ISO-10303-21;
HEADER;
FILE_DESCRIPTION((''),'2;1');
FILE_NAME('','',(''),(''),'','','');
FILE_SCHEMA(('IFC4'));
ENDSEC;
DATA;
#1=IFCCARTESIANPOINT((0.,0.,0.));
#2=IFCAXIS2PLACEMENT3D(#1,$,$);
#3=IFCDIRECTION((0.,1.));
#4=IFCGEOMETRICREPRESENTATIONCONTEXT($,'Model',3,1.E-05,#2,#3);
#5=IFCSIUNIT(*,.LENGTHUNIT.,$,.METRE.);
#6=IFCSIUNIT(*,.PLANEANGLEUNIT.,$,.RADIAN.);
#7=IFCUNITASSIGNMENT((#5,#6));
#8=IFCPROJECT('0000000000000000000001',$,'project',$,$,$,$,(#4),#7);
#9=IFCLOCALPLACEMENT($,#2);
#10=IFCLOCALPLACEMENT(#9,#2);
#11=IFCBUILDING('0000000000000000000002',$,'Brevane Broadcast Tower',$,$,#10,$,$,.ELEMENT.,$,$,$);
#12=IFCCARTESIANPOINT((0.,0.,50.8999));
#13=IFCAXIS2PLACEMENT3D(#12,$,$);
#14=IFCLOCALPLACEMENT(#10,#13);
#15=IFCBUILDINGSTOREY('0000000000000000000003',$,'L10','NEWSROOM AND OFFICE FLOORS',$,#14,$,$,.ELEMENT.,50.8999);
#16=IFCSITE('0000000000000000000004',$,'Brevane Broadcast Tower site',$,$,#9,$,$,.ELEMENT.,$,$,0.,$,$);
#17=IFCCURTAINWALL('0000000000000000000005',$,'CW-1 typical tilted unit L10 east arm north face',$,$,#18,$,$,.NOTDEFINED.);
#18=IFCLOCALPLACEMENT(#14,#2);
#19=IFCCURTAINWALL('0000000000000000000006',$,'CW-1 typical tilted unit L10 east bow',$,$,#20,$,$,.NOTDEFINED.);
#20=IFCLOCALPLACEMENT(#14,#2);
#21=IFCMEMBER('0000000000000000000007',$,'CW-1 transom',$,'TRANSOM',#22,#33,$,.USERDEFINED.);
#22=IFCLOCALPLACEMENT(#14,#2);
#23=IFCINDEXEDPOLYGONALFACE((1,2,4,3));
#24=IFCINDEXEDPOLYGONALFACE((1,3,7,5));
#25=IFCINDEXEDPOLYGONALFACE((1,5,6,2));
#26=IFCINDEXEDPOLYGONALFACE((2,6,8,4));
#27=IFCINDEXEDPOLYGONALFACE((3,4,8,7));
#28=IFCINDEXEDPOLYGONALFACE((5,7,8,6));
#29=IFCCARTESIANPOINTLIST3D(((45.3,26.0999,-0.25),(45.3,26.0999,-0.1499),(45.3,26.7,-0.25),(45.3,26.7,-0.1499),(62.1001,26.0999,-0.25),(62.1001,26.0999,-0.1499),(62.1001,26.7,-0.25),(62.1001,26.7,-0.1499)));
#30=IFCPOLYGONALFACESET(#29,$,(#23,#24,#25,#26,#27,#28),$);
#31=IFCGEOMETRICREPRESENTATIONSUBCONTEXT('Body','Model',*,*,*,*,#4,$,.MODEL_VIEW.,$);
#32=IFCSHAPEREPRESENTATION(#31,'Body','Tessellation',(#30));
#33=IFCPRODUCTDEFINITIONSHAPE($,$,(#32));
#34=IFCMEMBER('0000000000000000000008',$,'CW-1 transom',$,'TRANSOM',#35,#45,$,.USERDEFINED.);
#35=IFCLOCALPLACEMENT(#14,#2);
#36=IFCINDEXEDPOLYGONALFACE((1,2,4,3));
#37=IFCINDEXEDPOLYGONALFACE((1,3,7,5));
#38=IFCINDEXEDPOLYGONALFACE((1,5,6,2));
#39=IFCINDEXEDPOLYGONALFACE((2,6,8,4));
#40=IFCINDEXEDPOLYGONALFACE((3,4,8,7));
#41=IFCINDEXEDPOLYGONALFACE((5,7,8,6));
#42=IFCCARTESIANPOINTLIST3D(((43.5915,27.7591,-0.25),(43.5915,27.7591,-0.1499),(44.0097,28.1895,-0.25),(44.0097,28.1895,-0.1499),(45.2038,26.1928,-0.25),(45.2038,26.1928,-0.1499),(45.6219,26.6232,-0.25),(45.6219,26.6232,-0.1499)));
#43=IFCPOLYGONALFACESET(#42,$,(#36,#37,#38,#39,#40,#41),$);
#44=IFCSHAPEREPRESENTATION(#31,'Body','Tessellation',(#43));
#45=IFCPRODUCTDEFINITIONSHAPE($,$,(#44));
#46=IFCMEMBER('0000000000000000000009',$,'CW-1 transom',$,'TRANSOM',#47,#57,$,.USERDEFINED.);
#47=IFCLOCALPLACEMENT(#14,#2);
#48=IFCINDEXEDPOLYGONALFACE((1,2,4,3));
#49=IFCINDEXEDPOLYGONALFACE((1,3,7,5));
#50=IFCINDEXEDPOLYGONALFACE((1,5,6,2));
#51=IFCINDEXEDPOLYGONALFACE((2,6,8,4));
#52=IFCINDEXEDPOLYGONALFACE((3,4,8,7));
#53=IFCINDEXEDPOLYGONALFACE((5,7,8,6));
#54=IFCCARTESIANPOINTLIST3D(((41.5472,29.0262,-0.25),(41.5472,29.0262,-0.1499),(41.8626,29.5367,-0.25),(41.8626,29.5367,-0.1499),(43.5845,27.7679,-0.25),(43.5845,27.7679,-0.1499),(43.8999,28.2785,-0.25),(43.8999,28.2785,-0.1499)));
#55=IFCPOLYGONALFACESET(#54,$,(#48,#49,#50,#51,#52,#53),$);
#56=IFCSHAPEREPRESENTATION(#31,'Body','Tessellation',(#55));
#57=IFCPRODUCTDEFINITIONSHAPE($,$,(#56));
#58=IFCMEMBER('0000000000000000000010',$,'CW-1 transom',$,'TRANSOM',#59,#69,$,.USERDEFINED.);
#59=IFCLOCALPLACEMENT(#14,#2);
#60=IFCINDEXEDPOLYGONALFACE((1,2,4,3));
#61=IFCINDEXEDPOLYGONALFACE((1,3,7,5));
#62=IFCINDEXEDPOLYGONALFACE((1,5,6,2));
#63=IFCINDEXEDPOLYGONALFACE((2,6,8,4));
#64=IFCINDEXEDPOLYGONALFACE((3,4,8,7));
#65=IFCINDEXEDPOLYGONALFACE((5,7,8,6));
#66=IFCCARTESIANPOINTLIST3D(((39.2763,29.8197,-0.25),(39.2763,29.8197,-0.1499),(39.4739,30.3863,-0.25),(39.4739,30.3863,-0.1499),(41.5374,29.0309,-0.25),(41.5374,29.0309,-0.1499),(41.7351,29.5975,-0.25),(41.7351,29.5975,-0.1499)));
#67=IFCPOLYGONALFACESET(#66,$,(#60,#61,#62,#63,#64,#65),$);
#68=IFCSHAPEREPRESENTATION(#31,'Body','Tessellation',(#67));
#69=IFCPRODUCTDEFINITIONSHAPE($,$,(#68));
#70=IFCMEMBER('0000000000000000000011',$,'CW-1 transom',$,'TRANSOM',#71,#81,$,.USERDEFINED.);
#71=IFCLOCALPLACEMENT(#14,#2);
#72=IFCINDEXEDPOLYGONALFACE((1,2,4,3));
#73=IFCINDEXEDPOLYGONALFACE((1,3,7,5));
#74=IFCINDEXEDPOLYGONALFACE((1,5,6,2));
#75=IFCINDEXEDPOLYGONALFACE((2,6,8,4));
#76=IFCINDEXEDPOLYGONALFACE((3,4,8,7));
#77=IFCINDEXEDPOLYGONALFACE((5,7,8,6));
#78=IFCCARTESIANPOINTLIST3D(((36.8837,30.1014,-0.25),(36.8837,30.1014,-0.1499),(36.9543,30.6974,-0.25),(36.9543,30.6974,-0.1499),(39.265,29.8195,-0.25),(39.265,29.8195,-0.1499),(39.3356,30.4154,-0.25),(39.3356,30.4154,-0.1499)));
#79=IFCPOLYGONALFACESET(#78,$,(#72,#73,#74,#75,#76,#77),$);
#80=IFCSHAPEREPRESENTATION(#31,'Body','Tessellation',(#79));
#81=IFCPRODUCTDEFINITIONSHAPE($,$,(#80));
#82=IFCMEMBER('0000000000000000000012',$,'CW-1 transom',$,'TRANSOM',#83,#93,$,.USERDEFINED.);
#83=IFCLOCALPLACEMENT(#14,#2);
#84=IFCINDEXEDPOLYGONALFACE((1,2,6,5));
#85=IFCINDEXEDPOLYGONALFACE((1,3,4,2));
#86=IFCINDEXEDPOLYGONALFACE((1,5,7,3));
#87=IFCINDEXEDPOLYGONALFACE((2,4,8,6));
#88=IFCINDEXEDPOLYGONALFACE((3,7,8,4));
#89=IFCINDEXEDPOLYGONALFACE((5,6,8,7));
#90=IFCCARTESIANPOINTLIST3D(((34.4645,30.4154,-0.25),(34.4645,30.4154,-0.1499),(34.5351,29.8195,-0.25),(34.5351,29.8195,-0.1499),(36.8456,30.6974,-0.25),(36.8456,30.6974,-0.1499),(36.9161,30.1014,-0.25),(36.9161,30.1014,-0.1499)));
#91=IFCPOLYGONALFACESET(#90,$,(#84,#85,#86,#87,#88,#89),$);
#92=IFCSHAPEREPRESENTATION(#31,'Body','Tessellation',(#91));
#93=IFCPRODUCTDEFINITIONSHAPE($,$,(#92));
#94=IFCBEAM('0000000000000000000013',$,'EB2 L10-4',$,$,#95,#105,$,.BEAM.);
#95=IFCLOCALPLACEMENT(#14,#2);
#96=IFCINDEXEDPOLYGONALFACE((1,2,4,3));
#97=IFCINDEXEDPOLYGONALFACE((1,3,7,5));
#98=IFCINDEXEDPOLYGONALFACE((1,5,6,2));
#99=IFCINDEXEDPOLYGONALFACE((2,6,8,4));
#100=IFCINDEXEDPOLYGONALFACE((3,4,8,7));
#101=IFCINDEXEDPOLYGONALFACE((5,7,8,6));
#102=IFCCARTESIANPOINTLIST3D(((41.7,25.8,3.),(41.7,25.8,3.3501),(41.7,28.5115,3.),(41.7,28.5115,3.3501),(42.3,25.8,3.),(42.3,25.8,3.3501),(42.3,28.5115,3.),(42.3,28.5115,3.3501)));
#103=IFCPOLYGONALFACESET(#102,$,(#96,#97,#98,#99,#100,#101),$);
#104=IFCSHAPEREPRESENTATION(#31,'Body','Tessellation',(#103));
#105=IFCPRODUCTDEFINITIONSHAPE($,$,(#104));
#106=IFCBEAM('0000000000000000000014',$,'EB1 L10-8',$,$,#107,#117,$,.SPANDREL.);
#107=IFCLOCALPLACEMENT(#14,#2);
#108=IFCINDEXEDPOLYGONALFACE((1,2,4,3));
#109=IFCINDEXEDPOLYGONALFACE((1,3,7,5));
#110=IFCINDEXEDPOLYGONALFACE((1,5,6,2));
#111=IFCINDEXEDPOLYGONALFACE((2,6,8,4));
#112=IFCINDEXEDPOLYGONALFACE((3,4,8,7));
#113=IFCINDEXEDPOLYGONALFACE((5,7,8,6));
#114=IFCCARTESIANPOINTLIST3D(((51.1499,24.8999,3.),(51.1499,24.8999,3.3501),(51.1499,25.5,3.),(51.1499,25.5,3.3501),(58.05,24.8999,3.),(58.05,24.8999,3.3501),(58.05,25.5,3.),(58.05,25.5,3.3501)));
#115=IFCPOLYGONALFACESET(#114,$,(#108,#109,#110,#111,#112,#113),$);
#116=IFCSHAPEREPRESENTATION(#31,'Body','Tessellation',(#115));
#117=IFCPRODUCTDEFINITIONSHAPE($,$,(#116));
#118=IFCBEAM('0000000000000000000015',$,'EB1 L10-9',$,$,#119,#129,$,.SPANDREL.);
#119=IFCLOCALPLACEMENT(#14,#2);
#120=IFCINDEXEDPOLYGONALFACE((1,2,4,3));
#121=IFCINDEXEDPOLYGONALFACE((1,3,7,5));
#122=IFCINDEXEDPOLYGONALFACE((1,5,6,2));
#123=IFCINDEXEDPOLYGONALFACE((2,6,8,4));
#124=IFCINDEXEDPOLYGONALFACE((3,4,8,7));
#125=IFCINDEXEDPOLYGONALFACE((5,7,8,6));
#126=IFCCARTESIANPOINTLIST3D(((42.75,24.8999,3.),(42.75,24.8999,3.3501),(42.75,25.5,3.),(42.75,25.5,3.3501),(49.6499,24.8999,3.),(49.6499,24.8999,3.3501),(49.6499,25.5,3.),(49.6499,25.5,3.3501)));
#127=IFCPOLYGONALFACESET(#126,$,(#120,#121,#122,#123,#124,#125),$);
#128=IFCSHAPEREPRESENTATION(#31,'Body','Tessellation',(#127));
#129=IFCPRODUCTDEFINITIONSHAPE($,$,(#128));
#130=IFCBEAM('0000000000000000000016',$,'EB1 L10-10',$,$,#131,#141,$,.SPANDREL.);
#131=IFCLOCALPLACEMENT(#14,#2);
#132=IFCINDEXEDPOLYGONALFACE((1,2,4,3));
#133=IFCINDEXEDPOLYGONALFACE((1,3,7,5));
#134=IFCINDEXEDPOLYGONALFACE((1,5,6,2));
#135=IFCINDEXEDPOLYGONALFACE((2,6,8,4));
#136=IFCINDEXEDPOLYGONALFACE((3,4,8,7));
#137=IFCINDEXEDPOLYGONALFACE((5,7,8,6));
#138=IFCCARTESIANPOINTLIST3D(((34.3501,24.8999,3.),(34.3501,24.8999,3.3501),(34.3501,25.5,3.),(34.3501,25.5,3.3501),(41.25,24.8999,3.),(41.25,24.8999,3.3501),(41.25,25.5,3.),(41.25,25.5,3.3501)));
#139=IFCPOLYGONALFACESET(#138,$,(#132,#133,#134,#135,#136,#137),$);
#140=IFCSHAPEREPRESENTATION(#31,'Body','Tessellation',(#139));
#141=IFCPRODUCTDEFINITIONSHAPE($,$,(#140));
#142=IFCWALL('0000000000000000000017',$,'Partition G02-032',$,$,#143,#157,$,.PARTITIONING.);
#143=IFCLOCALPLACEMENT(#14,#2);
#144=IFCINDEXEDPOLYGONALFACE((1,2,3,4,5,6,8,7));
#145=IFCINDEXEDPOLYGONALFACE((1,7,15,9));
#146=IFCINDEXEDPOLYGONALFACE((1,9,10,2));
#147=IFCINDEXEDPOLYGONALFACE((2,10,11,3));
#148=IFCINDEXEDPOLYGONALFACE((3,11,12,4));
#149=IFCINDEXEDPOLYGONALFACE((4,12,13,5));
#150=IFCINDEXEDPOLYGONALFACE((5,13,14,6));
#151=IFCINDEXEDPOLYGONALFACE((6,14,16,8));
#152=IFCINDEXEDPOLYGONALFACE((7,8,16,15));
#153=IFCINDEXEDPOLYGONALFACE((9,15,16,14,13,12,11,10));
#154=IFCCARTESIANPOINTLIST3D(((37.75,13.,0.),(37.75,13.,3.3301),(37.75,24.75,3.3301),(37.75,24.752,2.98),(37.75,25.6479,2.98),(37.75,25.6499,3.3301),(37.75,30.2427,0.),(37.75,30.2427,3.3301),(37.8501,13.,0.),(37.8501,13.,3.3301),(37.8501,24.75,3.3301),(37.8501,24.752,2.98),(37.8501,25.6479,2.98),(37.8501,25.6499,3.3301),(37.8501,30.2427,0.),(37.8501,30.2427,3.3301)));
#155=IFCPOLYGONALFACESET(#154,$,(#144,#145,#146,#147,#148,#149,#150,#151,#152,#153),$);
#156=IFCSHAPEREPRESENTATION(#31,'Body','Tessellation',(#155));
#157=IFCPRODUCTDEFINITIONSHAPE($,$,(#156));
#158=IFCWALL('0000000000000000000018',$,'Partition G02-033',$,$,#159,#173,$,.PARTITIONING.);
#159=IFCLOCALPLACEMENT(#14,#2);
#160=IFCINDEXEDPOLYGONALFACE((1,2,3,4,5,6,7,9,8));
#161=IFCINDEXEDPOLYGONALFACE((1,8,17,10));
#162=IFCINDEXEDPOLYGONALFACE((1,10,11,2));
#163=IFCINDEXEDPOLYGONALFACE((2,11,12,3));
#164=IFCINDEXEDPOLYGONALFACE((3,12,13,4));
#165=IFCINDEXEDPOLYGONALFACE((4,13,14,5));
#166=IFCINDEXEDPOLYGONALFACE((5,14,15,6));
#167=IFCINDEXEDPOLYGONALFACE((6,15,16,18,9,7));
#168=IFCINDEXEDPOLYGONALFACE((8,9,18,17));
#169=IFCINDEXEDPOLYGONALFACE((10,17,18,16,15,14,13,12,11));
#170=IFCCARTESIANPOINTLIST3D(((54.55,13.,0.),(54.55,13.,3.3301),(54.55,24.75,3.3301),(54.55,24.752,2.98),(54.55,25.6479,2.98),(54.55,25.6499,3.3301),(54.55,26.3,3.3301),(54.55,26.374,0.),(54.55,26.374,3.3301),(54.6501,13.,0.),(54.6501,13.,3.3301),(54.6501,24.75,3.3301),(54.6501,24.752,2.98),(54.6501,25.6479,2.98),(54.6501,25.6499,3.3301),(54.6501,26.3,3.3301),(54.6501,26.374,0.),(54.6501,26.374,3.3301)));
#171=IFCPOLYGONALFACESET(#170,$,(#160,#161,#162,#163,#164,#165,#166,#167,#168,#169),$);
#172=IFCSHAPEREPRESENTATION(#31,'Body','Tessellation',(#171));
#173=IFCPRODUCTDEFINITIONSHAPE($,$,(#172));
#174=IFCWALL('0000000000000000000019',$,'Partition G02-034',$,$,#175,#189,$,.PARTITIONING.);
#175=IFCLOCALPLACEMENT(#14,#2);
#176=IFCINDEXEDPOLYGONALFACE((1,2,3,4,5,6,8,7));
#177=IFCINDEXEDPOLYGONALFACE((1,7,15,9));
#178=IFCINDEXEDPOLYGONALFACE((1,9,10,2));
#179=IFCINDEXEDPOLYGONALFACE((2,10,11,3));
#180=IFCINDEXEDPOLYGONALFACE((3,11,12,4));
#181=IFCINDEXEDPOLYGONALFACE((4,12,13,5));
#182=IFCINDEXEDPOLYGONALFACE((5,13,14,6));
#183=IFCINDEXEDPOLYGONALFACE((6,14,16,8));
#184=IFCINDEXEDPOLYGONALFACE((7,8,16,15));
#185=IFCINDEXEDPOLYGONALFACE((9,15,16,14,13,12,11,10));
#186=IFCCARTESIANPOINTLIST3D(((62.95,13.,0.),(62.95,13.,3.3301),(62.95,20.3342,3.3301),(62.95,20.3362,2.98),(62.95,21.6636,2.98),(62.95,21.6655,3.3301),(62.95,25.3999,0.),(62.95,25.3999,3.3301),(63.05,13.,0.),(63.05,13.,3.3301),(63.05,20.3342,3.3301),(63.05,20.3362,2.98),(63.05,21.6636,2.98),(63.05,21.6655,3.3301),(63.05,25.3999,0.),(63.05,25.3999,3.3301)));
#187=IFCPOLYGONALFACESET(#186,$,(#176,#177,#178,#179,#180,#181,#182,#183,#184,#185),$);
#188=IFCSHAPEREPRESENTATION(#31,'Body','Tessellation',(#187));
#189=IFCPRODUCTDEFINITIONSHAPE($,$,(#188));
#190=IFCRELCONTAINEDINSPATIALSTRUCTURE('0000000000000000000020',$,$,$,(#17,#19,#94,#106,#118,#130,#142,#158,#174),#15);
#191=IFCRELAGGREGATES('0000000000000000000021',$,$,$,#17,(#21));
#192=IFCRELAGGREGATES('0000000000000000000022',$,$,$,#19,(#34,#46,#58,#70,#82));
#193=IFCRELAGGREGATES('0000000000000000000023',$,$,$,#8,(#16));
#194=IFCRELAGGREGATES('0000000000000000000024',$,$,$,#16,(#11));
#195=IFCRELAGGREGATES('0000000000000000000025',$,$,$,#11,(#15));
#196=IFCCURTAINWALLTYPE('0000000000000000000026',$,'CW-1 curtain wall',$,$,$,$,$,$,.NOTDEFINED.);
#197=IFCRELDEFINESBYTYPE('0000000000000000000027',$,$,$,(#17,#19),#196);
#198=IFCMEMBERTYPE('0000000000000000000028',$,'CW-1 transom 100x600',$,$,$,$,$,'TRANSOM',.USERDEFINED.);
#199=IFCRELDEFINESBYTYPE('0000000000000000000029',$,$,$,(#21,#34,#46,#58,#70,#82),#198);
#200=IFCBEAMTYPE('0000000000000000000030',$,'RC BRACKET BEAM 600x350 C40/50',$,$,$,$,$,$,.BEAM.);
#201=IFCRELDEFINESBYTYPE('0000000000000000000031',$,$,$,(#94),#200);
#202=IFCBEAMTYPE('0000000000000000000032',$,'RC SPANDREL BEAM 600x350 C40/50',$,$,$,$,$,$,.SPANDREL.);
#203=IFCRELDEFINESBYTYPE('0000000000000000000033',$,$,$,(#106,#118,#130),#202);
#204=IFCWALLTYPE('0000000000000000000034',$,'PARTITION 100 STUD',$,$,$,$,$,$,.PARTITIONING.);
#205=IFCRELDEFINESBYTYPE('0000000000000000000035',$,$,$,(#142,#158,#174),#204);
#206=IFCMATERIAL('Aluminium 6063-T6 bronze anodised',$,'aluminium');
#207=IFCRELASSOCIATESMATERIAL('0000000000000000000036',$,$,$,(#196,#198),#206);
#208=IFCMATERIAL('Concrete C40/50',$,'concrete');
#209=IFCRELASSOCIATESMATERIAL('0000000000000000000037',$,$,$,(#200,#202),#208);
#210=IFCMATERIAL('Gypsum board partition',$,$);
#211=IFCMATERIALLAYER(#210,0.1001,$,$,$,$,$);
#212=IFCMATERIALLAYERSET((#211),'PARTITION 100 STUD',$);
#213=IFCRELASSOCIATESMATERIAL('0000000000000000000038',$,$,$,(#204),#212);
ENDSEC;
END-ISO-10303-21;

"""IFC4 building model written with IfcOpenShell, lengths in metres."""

from ifc_helpers import new_model, si_unit, direction, frame, origin, origin_2d, place, context, subcontext, project, spatial, polyline, rectangle, outline, extrude, material, layer, layer_set, material_profile, profile_set, type_object, element, aggregate, save


model = new_model("IFC4")

# Units and contexts
model_context = context("Model", 3, precision=1e-05, world=origin(), true_north=direction((0.0, 1.0)))
body_context = subcontext(model_context, "Body", "Model", "MODEL_VIEW")
ifc_project = project(units=[si_unit("LENGTHUNIT", "METRE"), si_unit("PLANEANGLEUNIT", "RADIAN")], contexts=[model_context])

# Site, building, storey
site_placement = place(None, origin())
site = spatial("IfcSite", under=ifc_project, at=site_placement, Name="Brevane Broadcast Tower site", CompositionType="ELEMENT", RefElevation=0.0)
building_placement = place(site_placement, origin())
building = spatial("IfcBuilding", under=site, at=building_placement, Name="Brevane Broadcast Tower", CompositionType="ELEMENT")
storey_placement = place(building_placement, frame((0.0, 0.0, 50.8999)))
storey = spatial("IfcBuildingStorey", under=building, at=storey_placement, Name="L10", Description="NEWSROOM AND OFFICE FLOORS", CompositionType="ELEMENT", Elevation=50.8999)

# Curtain walls
ifc_material_1 = material(Name="Aluminium 6063-T6 bronze anodised", Category="aluminium")
curtain_wall_type = type_object("IfcCurtainWallType", Name="CW-1 curtain wall", PredefinedType="NOTDEFINED", material=ifc_material_1)
curtain_wall_1_placement = place(storey_placement, origin())
curtain_wall_1 = element("IfcCurtainWall", 1, at=curtain_wall_1_placement, inside=storey, type_object=curtain_wall_type, Name="CW-1 typical tilted unit L10 east arm north face", PredefinedType="NOTDEFINED")
curtain_wall_2_placement = place(storey_placement, origin())
curtain_wall_2 = element("IfcCurtainWall", 2, at=curtain_wall_2_placement, inside=storey, type_object=curtain_wall_type, Name="CW-1 typical tilted unit L10 east bow", PredefinedType="NOTDEFINED")

# Members
ifc_material_profile_1 = material_profile(ifc_material_1, rectangle(XDim=0.6001, YDim=0.1001, at=origin_2d()), Name="RECT 100x600")
ifc_profile_set_1 = profile_set([ifc_material_profile_1], Name="Aluminium 6063-T6 bronze anodised")
member_type_1 = type_object("IfcMemberType", Name="CW-1 transom 100x600", ElementType="TRANSOM", PredefinedType="USERDEFINED", material=ifc_profile_set_1)
member_1_placement = place(storey_placement, frame((62.1001, 26.3999, -0.2), z_axis=(-1.0, 0.0, 0.0), x_axis=(0.0, -1.0, 0.0)))
member_1 = element("IfcMember", 3, at=member_1_placement, type_object=member_type_1, Name="CW-1 transom", ObjectType="TRANSOM", PredefinedType="USERDEFINED", context=body_context, shape_type="SweptSolid", body=[
    extrude(rectangle(XDim=0.6001, YDim=0.1001, at=origin_2d()), origin(), (0.0, 0.0, 1.0), 16.8),
])
aggregate(curtain_wall_1, [member_1])
member_2_placement = place(storey_placement, frame((45.4128, 26.408, -0.2), z_axis=(-0.717242, 0.696824, 0.0), x_axis=(-0.696824, -0.717242, 0.0)))
member_2 = element("IfcMember", 4, at=member_2_placement, type_object=member_type_1, Name="CW-1 transom", ObjectType="TRANSOM", PredefinedType="USERDEFINED", context=body_context, shape_type="SweptSolid", body=[
    extrude(rectangle(XDim=0.6001, YDim=0.1001, at=origin_2d()), origin(), (0.0, 0.0, 1.0), 2.2478),
])
member_3_placement = place(storey_placement, frame((43.7422, 28.0232, -0.2), z_axis=(-0.85081, 0.525473, 0.0), x_axis=(-0.525473, -0.85081, 0.0)))
member_3 = element("IfcMember", 5, at=member_3_placement, type_object=member_type_1, Name="CW-1 transom", ObjectType="TRANSOM", PredefinedType="USERDEFINED", context=body_context, shape_type="SweptSolid", body=[
    extrude(rectangle(XDim=0.6001, YDim=0.1001, at=origin_2d()), origin(), (0.0, 0.0, 1.0), 2.3945),
])
member_4_placement = place(storey_placement, frame((41.6362, 29.3142, -0.2), z_axis=(-0.944198, 0.329378, 0.0), x_axis=(-0.329378, -0.944198, 0.0)))
member_4 = element("IfcMember", 6, at=member_4_placement, type_object=member_type_1, Name="CW-1 transom", ObjectType="TRANSOM", PredefinedType="USERDEFINED", context=body_context, shape_type="SweptSolid", body=[
    extrude(rectangle(XDim=0.6001, YDim=0.1001, at=origin_2d()), origin(), (0.0, 0.0, 1.0), 2.3948),
])
member_5_placement = place(storey_placement, frame((39.3003, 30.1174, -0.2), z_axis=(-0.993062, 0.117591, 0.0), x_axis=(-0.117591, -0.993062, 0.0)))
member_5 = element("IfcMember", 7, at=member_5_placement, type_object=member_type_1, Name="CW-1 transom", ObjectType="TRANSOM", PredefinedType="USERDEFINED", context=body_context, shape_type="SweptSolid", body=[
    extrude(rectangle(XDim=0.6001, YDim=0.1001, at=origin_2d()), origin(), (0.0, 0.0, 1.0), 2.3979),
])
member_6_placement = place(storey_placement, frame((36.8809, 30.3994, -0.2), z_axis=(-0.993061, -0.117603, 0.0), x_axis=(0.117603, -0.993061, 0.0)))
member_6 = element("IfcMember", 8, at=member_6_placement, type_object=member_type_1, Name="CW-1 transom", ObjectType="TRANSOM", PredefinedType="USERDEFINED", context=body_context, shape_type="SweptSolid", body=[
    extrude(rectangle(XDim=0.6001, YDim=0.1001, at=origin_2d()), origin(), (0.0, 0.0, 1.0), 2.3977),
])
aggregate(curtain_wall_2, [member_2, member_3, member_4, member_5, member_6])

# Beams
ifc_material_2 = material(Name="Concrete C40/50", Category="concrete")
ifc_material_profile_2 = material_profile(ifc_material_2, rectangle(XDim=0.6001, YDim=0.3501, at=origin_2d()), Name="RC 600x350")
ifc_profile_set_2 = profile_set([ifc_material_profile_2], Name="Concrete C40/50")
beam_type_1 = type_object("IfcBeamType", Name="RC BRACKET BEAM 600x350 C40/50", PredefinedType="BEAM", material=ifc_profile_set_2)
beam_1_placement = place(storey_placement, frame((42.0, 25.8, 3.175), z_axis=(0.0, 1.0, 0.0), x_axis=(-1.0, 0.0, 0.0)))
element("IfcBeam", 9, at=beam_1_placement, inside=storey, type_object=beam_type_1, Name="EB2 L10-4", PredefinedType="BEAM", context=body_context, shape_type="SweptSolid", body=[
    extrude(rectangle(XDim=0.6001, YDim=0.3501, at=origin_2d()), origin(), (0.0, 0.0, 1.0), 2.7114),
])
ifc_material_profile_3 = material_profile(ifc_material_2, rectangle(XDim=0.6001, YDim=0.3501, at=origin_2d()), Name="RC 600x350")
ifc_profile_set_3 = profile_set([ifc_material_profile_3], Name="Concrete C40/50")
beam_type_2 = type_object("IfcBeamType", Name="RC SPANDREL BEAM 600x350 C40/50", PredefinedType="SPANDREL", material=ifc_profile_set_3)
beam_2_placement = place(storey_placement, frame((58.05, 25.2, 3.175), z_axis=(-1.0, 0.0, 0.0), x_axis=(0.0, -1.0, 0.0)))
element("IfcBeam", 10, at=beam_2_placement, inside=storey, type_object=beam_type_2, Name="EB1 L10-8", PredefinedType="SPANDREL", context=body_context, shape_type="SweptSolid", body=[
    extrude(rectangle(XDim=0.6001, YDim=0.3501, at=origin_2d()), origin(), (0.0, 0.0, 1.0), 6.9001),
])
for number, where, z_axis, x_axis, name in (
    (11, (49.6499, 25.2, 3.175), (-1.0, 0.0, 0.0), (0.0, -1.0, 0.0), "EB1 L10-9"),
    (12, (41.25, 25.2, 3.175), (-1.0, 0.0, 0.0), (0.0, -1.0, 0.0), "EB1 L10-10"),
):
    element("IfcBeam", number, at=place(storey_placement, frame(where, z_axis=z_axis, x_axis=x_axis)), inside=storey, type_object=beam_type_2, Name=name, PredefinedType="SPANDREL", context=body_context, shape_type="SweptSolid", body=[
        extrude(rectangle(XDim=0.6001, YDim=0.3501, at=origin_2d()), origin(), (0.0, 0.0, 1.0), 6.8999),
    ])

# Walls
ifc_material_3 = material(Name="Gypsum board partition")
ifc_layer = layer(ifc_material_3, 0.1001)
ifc_layer_set = layer_set([ifc_layer], Name="PARTITION 100 STUD")
wall_type = type_object("IfcWallType", Name="PARTITION 100 STUD", PredefinedType="PARTITIONING", material=ifc_layer_set)
wall_1_placement = place(storey_placement, frame((37.8, 30.2427, 0.0), z_axis=(0.0, 0.0, 1.0), x_axis=(0.0, -1.0, 0.0)))
element("IfcWall", 13, at=wall_1_placement, inside=storey, type_object=wall_type, Name="Partition G02-032", PredefinedType="PARTITIONING", context=body_context, shape_type="SweptSolid", body=[
    extrude(outline(polyline([(0.0, 0.0), (17.2427, 0.0), (17.2427, 3.3301), (5.4927, 3.3301), (5.4907, 2.98), (4.5947, 2.98), (4.5928, 3.3301), (0.0, 3.3301), (0.0, 0.0)])), frame((0.0, 0.05, 0.0), z_axis=(0.0, -1.0, 0.0), x_axis=(1.0, 0.0, 0.0)), (0.0, 0.0, 1.0), 0.1001),
])
wall_2_placement = place(storey_placement, frame((54.6001, 26.374, 0.0), z_axis=(0.0, 0.0, 1.0), x_axis=(0.0, -1.0, 0.0)))
element("IfcWall", 14, at=wall_2_placement, inside=storey, type_object=wall_type, Name="Partition G02-033", PredefinedType="PARTITIONING", context=body_context, shape_type="SweptSolid", body=[
    extrude(outline(polyline([(0.0, 0.0), (13.374, 0.0), (13.374, 3.3301), (1.624, 3.3301), (1.6221, 2.98), (0.7261, 2.98), (0.7241, 3.3301), (0.074, 3.3301), (0.0, 3.3301), (0.0, 0.0)])), frame((0.0, 0.05, 0.0), z_axis=(0.0, -1.0, 0.0), x_axis=(1.0, 0.0, 0.0)), (0.0, 0.0, 1.0), 0.1001),
])
wall_3_placement = place(storey_placement, frame((63.0, 25.3999, 0.0), z_axis=(0.0, 0.0, 1.0), x_axis=(0.0, -1.0, 0.0)))
element("IfcWall", 15, at=wall_3_placement, inside=storey, type_object=wall_type, Name="Partition G02-034", PredefinedType="PARTITIONING", context=body_context, shape_type="SweptSolid", body=[
    extrude(outline(polyline([(0.0, 0.0), (12.3999, 0.0), (12.3999, 3.3301), (5.0657, 3.3301), (5.0637, 2.98), (3.7363, 2.98), (3.7344, 3.3301), (0.0, 3.3301), (0.0, 0.0)])), frame((0.0, 0.05, 0.0), z_axis=(0.0, -1.0, 0.0), x_axis=(1.0, 0.0, 0.0)), (0.0, 0.0, 1.0), 0.1001),
])

save(model, "model.ifc")
